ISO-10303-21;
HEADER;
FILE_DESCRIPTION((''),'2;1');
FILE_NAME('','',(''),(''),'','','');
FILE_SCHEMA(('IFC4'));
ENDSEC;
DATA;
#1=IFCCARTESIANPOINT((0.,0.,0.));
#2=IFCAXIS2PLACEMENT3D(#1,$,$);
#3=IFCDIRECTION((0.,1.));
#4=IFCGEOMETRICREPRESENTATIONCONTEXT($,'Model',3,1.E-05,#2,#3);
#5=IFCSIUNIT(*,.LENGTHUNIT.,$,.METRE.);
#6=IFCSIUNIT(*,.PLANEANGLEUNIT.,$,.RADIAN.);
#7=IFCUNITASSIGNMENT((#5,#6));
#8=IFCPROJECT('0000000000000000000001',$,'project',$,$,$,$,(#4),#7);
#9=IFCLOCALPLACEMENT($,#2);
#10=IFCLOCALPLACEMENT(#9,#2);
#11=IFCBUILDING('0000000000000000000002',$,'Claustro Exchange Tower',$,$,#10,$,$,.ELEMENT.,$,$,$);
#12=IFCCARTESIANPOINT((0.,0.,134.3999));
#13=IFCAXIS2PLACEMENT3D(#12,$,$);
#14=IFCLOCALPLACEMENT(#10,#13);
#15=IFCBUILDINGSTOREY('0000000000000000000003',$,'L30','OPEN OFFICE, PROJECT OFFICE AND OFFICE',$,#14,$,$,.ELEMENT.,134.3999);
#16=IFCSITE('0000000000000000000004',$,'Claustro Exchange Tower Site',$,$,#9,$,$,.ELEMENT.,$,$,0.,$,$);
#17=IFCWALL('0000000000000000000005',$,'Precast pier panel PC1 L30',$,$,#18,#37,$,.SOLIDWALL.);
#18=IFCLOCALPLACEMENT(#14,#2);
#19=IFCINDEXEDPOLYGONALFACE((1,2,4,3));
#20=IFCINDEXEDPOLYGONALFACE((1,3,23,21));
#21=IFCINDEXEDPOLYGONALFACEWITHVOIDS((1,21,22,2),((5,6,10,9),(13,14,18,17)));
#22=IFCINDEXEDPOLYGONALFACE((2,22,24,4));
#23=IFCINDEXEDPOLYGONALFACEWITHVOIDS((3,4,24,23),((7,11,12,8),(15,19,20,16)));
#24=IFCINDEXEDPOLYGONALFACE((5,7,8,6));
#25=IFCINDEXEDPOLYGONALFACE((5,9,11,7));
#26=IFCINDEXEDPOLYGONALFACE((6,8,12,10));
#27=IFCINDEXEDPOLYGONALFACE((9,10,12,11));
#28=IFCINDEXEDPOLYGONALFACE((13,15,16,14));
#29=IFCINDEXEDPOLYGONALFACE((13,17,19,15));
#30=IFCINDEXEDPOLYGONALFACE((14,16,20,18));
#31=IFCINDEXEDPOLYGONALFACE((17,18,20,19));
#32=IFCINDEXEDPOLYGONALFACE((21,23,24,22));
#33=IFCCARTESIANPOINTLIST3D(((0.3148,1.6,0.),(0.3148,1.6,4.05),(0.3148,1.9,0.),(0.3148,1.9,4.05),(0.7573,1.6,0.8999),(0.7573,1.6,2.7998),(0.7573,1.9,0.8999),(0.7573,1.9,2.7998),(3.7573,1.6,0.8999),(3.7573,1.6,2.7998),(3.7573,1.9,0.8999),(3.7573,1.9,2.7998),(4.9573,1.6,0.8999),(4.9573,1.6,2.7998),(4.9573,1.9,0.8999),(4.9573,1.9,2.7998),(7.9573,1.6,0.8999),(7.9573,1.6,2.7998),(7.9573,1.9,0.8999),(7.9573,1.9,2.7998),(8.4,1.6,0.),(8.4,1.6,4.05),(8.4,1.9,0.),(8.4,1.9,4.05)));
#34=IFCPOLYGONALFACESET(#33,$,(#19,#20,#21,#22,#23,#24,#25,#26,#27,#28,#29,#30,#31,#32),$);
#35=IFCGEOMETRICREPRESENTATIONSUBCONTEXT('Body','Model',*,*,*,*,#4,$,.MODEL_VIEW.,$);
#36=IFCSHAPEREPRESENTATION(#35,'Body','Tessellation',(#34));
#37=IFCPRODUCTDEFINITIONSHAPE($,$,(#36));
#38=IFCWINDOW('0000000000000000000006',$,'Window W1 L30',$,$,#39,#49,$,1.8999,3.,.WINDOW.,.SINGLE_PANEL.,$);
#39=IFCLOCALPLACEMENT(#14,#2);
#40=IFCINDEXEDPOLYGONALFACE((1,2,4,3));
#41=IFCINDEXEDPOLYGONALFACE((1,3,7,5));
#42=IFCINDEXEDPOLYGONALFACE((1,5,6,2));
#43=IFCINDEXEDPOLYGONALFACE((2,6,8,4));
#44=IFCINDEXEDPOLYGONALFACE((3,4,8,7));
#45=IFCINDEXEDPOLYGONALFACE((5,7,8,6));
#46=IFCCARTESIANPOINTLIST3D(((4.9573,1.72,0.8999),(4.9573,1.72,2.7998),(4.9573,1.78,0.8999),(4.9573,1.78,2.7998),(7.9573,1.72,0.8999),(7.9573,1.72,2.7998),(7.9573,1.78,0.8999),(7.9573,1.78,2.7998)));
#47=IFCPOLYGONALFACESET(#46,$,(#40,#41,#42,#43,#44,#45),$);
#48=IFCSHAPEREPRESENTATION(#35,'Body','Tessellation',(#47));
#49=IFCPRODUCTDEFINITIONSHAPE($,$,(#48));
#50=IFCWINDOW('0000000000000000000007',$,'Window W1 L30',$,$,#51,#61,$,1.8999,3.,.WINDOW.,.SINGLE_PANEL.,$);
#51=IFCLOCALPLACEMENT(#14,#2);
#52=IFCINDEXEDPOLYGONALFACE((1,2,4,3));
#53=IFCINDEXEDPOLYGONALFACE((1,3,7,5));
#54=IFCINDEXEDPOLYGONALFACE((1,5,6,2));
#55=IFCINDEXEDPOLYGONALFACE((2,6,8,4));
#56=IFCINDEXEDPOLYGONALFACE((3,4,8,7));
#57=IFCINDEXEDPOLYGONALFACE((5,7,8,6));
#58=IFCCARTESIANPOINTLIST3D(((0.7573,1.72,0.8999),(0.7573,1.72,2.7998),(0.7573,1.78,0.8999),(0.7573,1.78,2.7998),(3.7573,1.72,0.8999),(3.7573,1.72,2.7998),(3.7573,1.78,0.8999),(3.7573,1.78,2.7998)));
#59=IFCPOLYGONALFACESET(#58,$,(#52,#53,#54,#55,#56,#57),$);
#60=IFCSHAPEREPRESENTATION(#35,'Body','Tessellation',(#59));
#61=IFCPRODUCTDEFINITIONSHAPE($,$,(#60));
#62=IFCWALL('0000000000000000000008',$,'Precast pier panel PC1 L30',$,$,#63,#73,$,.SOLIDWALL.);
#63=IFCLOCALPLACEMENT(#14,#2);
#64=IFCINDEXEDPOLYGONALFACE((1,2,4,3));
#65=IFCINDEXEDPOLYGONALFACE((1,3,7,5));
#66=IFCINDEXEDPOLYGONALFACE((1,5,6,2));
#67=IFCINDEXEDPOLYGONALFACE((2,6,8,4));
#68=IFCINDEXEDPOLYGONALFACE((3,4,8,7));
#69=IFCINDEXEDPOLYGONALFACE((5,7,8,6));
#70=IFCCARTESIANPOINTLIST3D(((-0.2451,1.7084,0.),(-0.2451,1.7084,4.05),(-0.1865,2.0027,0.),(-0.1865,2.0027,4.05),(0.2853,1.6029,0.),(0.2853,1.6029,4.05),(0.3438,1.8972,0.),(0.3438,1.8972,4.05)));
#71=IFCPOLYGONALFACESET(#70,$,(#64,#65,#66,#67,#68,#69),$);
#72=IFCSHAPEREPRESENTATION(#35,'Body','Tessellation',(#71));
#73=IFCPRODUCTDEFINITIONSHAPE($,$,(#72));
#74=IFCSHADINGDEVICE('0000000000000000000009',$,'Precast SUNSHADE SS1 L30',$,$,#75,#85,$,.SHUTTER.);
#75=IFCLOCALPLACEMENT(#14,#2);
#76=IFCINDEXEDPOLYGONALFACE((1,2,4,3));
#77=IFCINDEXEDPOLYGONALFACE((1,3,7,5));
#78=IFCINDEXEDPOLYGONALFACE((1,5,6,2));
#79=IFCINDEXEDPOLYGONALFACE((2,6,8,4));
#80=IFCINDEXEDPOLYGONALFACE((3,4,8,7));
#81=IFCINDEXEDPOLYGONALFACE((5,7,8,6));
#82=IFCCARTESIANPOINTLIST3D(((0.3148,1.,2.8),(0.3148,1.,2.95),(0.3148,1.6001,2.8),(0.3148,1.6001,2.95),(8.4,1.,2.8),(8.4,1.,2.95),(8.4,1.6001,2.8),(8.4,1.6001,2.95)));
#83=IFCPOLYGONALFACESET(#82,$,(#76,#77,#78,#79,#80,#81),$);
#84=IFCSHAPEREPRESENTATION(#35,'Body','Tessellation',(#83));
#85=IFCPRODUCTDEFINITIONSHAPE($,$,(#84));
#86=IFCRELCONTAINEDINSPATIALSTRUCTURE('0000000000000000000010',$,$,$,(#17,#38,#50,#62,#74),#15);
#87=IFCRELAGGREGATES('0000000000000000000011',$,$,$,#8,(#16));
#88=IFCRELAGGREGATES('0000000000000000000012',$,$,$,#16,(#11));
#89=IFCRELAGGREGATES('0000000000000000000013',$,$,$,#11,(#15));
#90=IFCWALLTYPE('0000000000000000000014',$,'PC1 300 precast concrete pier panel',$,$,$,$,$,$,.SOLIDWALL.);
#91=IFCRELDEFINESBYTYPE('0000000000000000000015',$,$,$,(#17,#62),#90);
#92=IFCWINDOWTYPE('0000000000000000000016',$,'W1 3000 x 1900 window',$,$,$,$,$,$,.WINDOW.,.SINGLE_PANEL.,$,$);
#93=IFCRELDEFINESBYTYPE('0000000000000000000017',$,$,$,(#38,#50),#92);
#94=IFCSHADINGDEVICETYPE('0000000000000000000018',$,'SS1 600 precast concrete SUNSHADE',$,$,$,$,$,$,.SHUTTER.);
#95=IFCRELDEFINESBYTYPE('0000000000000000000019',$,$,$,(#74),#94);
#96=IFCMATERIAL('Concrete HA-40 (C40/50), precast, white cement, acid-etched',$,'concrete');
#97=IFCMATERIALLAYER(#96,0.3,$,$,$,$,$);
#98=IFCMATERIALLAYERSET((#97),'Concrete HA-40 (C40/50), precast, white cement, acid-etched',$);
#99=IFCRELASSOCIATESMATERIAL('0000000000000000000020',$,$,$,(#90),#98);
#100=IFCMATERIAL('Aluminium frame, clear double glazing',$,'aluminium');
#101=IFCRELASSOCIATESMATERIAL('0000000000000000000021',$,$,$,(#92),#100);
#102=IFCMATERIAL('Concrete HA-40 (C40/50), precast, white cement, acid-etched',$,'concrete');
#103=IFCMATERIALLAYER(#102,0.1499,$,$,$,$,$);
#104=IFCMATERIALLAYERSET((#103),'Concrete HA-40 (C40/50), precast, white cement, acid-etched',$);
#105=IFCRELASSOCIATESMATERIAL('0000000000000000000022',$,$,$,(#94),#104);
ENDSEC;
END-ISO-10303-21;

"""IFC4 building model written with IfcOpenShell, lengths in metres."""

from ifc_helpers import new_model, si_unit, direction, frame, frame_2d, origin, origin_2d, place, context, subcontext, project, spatial, rectangle, extrude, material, layer, layer_set, type_object, element, fill, save


model = new_model("IFC4")

# Units and contexts
model_context = context("Model", 3, precision=1e-05, world=origin(), true_north=direction((0.0, 1.0)))
body_context = subcontext(model_context, "Body", "Model", "MODEL_VIEW")
ifc_project = project(units=[si_unit("LENGTHUNIT", "METRE"), si_unit("PLANEANGLEUNIT", "RADIAN")], contexts=[model_context])

# Site, building, storey
site_placement = place(None, origin())
site = spatial("IfcSite", under=ifc_project, at=site_placement, Name="Claustro Exchange Tower Site", CompositionType="ELEMENT", RefElevation=0.0)
building_placement = place(site_placement, origin())
building = spatial("IfcBuilding", under=site, at=building_placement, Name="Claustro Exchange Tower", CompositionType="ELEMENT")
storey_placement = place(building_placement, frame((0.0, 0.0, 134.3999)))
storey = spatial("IfcBuildingStorey", under=building, at=storey_placement, Name="L30", Description="OPEN OFFICE, PROJECT OFFICE AND OFFICE", CompositionType="ELEMENT", Elevation=134.3999)

# Wall, openings, windows
ifc_material_1 = material(Name="Concrete HA-40 (C40/50), precast, white cement, acid-etched", Category="concrete")
ifc_layer_1 = layer(ifc_material_1, 0.3)
ifc_layer_set_1 = layer_set([ifc_layer_1], Name="Concrete HA-40 (C40/50), precast, white cement, acid-etched")
wall_type = type_object("IfcWallType", Name="PC1 300 precast concrete pier panel", PredefinedType="SOLIDWALL", material=ifc_layer_set_1)
wall_1_placement = place(storey_placement, frame((8.3999, 1.75, 0.0), z_axis=(0.0, 0.0, 1.0), x_axis=(-1.0, 0.0, 0.0)))
wall_1 = element("IfcWall", 1, at=wall_1_placement, inside=storey, type_object=wall_type, Name="Precast pier panel PC1 L30", PredefinedType="SOLIDWALL", context=body_context, shape_type="SweptSolid", body=[
    extrude(rectangle(XDim=8.0852, YDim=0.3, at=frame_2d((4.0425, 0.0))), origin(), (0.0, 0.0, 1.0), 4.05),
])
opening_1_placement = place(wall_1_placement, frame((0.4426, 0.0, 0.8999)))
opening_1 = element("IfcOpeningElement", 2, at=opening_1_placement, cuts=wall_1, PredefinedType="OPENING", context=body_context, shape_type="SweptSolid", body=[
    extrude(rectangle(XDim=3.0, YDim=1.8999, at=frame_2d((1.5, 0.95))), frame((0.0, 0.1599, 0.0), z_axis=(0.0, -1.0, 0.0), x_axis=(1.0, 0.0, 0.0)), (0.0, 0.0, 1.0), 0.3201),
])
opening_2_placement = place(wall_1_placement, frame((4.6426, 0.0, 0.8999)))
opening_2 = element("IfcOpeningElement", 3, at=opening_2_placement, cuts=wall_1, PredefinedType="OPENING", context=body_context, shape_type="SweptSolid", body=[
    extrude(rectangle(XDim=3.0, YDim=1.8999, at=frame_2d((1.5, 0.95))), frame((0.0, 0.1599, 0.0), z_axis=(0.0, -1.0, 0.0), x_axis=(1.0, 0.0, 0.0)), (0.0, 0.0, 1.0), 0.3201),
])
ifc_material_2 = material(Name="Aluminium frame, clear double glazing", Category="aluminium")
window_type = type_object("IfcWindowType", Name="W1 3000 x 1900 window", PartitioningType="SINGLE_PANEL", PredefinedType="WINDOW", material=ifc_material_2)
window_1_placement = place(opening_1_placement, origin())
window_1 = element("IfcWindow", 4, at=window_1_placement, inside=storey, type_object=window_type, Name="Window W1 L30", OverallHeight=1.8999, OverallWidth=3.0, PartitioningType="SINGLE_PANEL", PredefinedType="WINDOW", context=body_context, shape_type="SweptSolid", body=[
    extrude(rectangle(XDim=3.0, YDim=1.8999, at=frame_2d((1.5, 0.95))), frame((0.0, 0.03, 0.0), z_axis=(0.0, -1.0, 0.0), x_axis=(1.0, 0.0, 0.0)), (0.0, 0.0, 1.0), 0.0601),
])
fill(opening_1, window_1)
window_2_placement = place(opening_2_placement, origin())
window_2 = element("IfcWindow", 5, at=window_2_placement, inside=storey, type_object=window_type, Name="Window W1 L30", OverallHeight=1.8999, OverallWidth=3.0, PartitioningType="SINGLE_PANEL", PredefinedType="WINDOW", context=body_context, shape_type="SweptSolid", body=[
    extrude(rectangle(XDim=3.0, YDim=1.8999, at=frame_2d((1.5, 0.95))), frame((0.0, 0.03, 0.0), z_axis=(0.0, -1.0, 0.0), x_axis=(1.0, 0.0, 0.0)), (0.0, 0.0, 1.0), 0.0601),
])
fill(opening_2, window_2)

# Wall
wall_2_placement = place(storey_placement, frame((0.3147, 1.75, 0.0), z_axis=(0.0, 0.0, 1.0), x_axis=(-0.980789, 0.195074, 0.0)))
element("IfcWall", 6, at=wall_2_placement, inside=storey, type_object=wall_type, Name="Precast pier panel PC1 L30", PredefinedType="SOLIDWALL", context=body_context, shape_type="SweptSolid", body=[
    extrude(rectangle(XDim=0.5408, YDim=0.3, at=frame_2d((0.2705, 0.0))), origin(), (0.0, 0.0, 1.0), 4.05),
])

# Shading device
ifc_material_3 = material(Name="Concrete HA-40 (C40/50), precast, white cement, acid-etched", Category="concrete")
ifc_layer_2 = layer(ifc_material_3, 0.1499)
ifc_layer_set_2 = layer_set([ifc_layer_2], Name="Concrete HA-40 (C40/50), precast, white cement, acid-etched")
shading_device_type = type_object("IfcShadingDeviceType", Name="SS1 600 precast concrete SUNSHADE", PredefinedType="SHUTTER", material=ifc_layer_set_2)
shading_device_placement = place(storey_placement, frame((4.3574, 1.3, 2.8), z_axis=(0.0, 0.0, 1.0), x_axis=(-1.0, 0.0, 0.0)))
element("IfcShadingDevice", 7, at=shading_device_placement, inside=storey, type_object=shading_device_type, Name="Precast SUNSHADE SS1 L30", PredefinedType="SHUTTER", context=body_context, shape_type="SweptSolid", body=[
    extrude(rectangle(XDim=8.0852, YDim=0.6001, at=origin_2d()), origin(), (0.0, 0.0, 1.0), 0.1499),
])

save(model, "model.ifc")
